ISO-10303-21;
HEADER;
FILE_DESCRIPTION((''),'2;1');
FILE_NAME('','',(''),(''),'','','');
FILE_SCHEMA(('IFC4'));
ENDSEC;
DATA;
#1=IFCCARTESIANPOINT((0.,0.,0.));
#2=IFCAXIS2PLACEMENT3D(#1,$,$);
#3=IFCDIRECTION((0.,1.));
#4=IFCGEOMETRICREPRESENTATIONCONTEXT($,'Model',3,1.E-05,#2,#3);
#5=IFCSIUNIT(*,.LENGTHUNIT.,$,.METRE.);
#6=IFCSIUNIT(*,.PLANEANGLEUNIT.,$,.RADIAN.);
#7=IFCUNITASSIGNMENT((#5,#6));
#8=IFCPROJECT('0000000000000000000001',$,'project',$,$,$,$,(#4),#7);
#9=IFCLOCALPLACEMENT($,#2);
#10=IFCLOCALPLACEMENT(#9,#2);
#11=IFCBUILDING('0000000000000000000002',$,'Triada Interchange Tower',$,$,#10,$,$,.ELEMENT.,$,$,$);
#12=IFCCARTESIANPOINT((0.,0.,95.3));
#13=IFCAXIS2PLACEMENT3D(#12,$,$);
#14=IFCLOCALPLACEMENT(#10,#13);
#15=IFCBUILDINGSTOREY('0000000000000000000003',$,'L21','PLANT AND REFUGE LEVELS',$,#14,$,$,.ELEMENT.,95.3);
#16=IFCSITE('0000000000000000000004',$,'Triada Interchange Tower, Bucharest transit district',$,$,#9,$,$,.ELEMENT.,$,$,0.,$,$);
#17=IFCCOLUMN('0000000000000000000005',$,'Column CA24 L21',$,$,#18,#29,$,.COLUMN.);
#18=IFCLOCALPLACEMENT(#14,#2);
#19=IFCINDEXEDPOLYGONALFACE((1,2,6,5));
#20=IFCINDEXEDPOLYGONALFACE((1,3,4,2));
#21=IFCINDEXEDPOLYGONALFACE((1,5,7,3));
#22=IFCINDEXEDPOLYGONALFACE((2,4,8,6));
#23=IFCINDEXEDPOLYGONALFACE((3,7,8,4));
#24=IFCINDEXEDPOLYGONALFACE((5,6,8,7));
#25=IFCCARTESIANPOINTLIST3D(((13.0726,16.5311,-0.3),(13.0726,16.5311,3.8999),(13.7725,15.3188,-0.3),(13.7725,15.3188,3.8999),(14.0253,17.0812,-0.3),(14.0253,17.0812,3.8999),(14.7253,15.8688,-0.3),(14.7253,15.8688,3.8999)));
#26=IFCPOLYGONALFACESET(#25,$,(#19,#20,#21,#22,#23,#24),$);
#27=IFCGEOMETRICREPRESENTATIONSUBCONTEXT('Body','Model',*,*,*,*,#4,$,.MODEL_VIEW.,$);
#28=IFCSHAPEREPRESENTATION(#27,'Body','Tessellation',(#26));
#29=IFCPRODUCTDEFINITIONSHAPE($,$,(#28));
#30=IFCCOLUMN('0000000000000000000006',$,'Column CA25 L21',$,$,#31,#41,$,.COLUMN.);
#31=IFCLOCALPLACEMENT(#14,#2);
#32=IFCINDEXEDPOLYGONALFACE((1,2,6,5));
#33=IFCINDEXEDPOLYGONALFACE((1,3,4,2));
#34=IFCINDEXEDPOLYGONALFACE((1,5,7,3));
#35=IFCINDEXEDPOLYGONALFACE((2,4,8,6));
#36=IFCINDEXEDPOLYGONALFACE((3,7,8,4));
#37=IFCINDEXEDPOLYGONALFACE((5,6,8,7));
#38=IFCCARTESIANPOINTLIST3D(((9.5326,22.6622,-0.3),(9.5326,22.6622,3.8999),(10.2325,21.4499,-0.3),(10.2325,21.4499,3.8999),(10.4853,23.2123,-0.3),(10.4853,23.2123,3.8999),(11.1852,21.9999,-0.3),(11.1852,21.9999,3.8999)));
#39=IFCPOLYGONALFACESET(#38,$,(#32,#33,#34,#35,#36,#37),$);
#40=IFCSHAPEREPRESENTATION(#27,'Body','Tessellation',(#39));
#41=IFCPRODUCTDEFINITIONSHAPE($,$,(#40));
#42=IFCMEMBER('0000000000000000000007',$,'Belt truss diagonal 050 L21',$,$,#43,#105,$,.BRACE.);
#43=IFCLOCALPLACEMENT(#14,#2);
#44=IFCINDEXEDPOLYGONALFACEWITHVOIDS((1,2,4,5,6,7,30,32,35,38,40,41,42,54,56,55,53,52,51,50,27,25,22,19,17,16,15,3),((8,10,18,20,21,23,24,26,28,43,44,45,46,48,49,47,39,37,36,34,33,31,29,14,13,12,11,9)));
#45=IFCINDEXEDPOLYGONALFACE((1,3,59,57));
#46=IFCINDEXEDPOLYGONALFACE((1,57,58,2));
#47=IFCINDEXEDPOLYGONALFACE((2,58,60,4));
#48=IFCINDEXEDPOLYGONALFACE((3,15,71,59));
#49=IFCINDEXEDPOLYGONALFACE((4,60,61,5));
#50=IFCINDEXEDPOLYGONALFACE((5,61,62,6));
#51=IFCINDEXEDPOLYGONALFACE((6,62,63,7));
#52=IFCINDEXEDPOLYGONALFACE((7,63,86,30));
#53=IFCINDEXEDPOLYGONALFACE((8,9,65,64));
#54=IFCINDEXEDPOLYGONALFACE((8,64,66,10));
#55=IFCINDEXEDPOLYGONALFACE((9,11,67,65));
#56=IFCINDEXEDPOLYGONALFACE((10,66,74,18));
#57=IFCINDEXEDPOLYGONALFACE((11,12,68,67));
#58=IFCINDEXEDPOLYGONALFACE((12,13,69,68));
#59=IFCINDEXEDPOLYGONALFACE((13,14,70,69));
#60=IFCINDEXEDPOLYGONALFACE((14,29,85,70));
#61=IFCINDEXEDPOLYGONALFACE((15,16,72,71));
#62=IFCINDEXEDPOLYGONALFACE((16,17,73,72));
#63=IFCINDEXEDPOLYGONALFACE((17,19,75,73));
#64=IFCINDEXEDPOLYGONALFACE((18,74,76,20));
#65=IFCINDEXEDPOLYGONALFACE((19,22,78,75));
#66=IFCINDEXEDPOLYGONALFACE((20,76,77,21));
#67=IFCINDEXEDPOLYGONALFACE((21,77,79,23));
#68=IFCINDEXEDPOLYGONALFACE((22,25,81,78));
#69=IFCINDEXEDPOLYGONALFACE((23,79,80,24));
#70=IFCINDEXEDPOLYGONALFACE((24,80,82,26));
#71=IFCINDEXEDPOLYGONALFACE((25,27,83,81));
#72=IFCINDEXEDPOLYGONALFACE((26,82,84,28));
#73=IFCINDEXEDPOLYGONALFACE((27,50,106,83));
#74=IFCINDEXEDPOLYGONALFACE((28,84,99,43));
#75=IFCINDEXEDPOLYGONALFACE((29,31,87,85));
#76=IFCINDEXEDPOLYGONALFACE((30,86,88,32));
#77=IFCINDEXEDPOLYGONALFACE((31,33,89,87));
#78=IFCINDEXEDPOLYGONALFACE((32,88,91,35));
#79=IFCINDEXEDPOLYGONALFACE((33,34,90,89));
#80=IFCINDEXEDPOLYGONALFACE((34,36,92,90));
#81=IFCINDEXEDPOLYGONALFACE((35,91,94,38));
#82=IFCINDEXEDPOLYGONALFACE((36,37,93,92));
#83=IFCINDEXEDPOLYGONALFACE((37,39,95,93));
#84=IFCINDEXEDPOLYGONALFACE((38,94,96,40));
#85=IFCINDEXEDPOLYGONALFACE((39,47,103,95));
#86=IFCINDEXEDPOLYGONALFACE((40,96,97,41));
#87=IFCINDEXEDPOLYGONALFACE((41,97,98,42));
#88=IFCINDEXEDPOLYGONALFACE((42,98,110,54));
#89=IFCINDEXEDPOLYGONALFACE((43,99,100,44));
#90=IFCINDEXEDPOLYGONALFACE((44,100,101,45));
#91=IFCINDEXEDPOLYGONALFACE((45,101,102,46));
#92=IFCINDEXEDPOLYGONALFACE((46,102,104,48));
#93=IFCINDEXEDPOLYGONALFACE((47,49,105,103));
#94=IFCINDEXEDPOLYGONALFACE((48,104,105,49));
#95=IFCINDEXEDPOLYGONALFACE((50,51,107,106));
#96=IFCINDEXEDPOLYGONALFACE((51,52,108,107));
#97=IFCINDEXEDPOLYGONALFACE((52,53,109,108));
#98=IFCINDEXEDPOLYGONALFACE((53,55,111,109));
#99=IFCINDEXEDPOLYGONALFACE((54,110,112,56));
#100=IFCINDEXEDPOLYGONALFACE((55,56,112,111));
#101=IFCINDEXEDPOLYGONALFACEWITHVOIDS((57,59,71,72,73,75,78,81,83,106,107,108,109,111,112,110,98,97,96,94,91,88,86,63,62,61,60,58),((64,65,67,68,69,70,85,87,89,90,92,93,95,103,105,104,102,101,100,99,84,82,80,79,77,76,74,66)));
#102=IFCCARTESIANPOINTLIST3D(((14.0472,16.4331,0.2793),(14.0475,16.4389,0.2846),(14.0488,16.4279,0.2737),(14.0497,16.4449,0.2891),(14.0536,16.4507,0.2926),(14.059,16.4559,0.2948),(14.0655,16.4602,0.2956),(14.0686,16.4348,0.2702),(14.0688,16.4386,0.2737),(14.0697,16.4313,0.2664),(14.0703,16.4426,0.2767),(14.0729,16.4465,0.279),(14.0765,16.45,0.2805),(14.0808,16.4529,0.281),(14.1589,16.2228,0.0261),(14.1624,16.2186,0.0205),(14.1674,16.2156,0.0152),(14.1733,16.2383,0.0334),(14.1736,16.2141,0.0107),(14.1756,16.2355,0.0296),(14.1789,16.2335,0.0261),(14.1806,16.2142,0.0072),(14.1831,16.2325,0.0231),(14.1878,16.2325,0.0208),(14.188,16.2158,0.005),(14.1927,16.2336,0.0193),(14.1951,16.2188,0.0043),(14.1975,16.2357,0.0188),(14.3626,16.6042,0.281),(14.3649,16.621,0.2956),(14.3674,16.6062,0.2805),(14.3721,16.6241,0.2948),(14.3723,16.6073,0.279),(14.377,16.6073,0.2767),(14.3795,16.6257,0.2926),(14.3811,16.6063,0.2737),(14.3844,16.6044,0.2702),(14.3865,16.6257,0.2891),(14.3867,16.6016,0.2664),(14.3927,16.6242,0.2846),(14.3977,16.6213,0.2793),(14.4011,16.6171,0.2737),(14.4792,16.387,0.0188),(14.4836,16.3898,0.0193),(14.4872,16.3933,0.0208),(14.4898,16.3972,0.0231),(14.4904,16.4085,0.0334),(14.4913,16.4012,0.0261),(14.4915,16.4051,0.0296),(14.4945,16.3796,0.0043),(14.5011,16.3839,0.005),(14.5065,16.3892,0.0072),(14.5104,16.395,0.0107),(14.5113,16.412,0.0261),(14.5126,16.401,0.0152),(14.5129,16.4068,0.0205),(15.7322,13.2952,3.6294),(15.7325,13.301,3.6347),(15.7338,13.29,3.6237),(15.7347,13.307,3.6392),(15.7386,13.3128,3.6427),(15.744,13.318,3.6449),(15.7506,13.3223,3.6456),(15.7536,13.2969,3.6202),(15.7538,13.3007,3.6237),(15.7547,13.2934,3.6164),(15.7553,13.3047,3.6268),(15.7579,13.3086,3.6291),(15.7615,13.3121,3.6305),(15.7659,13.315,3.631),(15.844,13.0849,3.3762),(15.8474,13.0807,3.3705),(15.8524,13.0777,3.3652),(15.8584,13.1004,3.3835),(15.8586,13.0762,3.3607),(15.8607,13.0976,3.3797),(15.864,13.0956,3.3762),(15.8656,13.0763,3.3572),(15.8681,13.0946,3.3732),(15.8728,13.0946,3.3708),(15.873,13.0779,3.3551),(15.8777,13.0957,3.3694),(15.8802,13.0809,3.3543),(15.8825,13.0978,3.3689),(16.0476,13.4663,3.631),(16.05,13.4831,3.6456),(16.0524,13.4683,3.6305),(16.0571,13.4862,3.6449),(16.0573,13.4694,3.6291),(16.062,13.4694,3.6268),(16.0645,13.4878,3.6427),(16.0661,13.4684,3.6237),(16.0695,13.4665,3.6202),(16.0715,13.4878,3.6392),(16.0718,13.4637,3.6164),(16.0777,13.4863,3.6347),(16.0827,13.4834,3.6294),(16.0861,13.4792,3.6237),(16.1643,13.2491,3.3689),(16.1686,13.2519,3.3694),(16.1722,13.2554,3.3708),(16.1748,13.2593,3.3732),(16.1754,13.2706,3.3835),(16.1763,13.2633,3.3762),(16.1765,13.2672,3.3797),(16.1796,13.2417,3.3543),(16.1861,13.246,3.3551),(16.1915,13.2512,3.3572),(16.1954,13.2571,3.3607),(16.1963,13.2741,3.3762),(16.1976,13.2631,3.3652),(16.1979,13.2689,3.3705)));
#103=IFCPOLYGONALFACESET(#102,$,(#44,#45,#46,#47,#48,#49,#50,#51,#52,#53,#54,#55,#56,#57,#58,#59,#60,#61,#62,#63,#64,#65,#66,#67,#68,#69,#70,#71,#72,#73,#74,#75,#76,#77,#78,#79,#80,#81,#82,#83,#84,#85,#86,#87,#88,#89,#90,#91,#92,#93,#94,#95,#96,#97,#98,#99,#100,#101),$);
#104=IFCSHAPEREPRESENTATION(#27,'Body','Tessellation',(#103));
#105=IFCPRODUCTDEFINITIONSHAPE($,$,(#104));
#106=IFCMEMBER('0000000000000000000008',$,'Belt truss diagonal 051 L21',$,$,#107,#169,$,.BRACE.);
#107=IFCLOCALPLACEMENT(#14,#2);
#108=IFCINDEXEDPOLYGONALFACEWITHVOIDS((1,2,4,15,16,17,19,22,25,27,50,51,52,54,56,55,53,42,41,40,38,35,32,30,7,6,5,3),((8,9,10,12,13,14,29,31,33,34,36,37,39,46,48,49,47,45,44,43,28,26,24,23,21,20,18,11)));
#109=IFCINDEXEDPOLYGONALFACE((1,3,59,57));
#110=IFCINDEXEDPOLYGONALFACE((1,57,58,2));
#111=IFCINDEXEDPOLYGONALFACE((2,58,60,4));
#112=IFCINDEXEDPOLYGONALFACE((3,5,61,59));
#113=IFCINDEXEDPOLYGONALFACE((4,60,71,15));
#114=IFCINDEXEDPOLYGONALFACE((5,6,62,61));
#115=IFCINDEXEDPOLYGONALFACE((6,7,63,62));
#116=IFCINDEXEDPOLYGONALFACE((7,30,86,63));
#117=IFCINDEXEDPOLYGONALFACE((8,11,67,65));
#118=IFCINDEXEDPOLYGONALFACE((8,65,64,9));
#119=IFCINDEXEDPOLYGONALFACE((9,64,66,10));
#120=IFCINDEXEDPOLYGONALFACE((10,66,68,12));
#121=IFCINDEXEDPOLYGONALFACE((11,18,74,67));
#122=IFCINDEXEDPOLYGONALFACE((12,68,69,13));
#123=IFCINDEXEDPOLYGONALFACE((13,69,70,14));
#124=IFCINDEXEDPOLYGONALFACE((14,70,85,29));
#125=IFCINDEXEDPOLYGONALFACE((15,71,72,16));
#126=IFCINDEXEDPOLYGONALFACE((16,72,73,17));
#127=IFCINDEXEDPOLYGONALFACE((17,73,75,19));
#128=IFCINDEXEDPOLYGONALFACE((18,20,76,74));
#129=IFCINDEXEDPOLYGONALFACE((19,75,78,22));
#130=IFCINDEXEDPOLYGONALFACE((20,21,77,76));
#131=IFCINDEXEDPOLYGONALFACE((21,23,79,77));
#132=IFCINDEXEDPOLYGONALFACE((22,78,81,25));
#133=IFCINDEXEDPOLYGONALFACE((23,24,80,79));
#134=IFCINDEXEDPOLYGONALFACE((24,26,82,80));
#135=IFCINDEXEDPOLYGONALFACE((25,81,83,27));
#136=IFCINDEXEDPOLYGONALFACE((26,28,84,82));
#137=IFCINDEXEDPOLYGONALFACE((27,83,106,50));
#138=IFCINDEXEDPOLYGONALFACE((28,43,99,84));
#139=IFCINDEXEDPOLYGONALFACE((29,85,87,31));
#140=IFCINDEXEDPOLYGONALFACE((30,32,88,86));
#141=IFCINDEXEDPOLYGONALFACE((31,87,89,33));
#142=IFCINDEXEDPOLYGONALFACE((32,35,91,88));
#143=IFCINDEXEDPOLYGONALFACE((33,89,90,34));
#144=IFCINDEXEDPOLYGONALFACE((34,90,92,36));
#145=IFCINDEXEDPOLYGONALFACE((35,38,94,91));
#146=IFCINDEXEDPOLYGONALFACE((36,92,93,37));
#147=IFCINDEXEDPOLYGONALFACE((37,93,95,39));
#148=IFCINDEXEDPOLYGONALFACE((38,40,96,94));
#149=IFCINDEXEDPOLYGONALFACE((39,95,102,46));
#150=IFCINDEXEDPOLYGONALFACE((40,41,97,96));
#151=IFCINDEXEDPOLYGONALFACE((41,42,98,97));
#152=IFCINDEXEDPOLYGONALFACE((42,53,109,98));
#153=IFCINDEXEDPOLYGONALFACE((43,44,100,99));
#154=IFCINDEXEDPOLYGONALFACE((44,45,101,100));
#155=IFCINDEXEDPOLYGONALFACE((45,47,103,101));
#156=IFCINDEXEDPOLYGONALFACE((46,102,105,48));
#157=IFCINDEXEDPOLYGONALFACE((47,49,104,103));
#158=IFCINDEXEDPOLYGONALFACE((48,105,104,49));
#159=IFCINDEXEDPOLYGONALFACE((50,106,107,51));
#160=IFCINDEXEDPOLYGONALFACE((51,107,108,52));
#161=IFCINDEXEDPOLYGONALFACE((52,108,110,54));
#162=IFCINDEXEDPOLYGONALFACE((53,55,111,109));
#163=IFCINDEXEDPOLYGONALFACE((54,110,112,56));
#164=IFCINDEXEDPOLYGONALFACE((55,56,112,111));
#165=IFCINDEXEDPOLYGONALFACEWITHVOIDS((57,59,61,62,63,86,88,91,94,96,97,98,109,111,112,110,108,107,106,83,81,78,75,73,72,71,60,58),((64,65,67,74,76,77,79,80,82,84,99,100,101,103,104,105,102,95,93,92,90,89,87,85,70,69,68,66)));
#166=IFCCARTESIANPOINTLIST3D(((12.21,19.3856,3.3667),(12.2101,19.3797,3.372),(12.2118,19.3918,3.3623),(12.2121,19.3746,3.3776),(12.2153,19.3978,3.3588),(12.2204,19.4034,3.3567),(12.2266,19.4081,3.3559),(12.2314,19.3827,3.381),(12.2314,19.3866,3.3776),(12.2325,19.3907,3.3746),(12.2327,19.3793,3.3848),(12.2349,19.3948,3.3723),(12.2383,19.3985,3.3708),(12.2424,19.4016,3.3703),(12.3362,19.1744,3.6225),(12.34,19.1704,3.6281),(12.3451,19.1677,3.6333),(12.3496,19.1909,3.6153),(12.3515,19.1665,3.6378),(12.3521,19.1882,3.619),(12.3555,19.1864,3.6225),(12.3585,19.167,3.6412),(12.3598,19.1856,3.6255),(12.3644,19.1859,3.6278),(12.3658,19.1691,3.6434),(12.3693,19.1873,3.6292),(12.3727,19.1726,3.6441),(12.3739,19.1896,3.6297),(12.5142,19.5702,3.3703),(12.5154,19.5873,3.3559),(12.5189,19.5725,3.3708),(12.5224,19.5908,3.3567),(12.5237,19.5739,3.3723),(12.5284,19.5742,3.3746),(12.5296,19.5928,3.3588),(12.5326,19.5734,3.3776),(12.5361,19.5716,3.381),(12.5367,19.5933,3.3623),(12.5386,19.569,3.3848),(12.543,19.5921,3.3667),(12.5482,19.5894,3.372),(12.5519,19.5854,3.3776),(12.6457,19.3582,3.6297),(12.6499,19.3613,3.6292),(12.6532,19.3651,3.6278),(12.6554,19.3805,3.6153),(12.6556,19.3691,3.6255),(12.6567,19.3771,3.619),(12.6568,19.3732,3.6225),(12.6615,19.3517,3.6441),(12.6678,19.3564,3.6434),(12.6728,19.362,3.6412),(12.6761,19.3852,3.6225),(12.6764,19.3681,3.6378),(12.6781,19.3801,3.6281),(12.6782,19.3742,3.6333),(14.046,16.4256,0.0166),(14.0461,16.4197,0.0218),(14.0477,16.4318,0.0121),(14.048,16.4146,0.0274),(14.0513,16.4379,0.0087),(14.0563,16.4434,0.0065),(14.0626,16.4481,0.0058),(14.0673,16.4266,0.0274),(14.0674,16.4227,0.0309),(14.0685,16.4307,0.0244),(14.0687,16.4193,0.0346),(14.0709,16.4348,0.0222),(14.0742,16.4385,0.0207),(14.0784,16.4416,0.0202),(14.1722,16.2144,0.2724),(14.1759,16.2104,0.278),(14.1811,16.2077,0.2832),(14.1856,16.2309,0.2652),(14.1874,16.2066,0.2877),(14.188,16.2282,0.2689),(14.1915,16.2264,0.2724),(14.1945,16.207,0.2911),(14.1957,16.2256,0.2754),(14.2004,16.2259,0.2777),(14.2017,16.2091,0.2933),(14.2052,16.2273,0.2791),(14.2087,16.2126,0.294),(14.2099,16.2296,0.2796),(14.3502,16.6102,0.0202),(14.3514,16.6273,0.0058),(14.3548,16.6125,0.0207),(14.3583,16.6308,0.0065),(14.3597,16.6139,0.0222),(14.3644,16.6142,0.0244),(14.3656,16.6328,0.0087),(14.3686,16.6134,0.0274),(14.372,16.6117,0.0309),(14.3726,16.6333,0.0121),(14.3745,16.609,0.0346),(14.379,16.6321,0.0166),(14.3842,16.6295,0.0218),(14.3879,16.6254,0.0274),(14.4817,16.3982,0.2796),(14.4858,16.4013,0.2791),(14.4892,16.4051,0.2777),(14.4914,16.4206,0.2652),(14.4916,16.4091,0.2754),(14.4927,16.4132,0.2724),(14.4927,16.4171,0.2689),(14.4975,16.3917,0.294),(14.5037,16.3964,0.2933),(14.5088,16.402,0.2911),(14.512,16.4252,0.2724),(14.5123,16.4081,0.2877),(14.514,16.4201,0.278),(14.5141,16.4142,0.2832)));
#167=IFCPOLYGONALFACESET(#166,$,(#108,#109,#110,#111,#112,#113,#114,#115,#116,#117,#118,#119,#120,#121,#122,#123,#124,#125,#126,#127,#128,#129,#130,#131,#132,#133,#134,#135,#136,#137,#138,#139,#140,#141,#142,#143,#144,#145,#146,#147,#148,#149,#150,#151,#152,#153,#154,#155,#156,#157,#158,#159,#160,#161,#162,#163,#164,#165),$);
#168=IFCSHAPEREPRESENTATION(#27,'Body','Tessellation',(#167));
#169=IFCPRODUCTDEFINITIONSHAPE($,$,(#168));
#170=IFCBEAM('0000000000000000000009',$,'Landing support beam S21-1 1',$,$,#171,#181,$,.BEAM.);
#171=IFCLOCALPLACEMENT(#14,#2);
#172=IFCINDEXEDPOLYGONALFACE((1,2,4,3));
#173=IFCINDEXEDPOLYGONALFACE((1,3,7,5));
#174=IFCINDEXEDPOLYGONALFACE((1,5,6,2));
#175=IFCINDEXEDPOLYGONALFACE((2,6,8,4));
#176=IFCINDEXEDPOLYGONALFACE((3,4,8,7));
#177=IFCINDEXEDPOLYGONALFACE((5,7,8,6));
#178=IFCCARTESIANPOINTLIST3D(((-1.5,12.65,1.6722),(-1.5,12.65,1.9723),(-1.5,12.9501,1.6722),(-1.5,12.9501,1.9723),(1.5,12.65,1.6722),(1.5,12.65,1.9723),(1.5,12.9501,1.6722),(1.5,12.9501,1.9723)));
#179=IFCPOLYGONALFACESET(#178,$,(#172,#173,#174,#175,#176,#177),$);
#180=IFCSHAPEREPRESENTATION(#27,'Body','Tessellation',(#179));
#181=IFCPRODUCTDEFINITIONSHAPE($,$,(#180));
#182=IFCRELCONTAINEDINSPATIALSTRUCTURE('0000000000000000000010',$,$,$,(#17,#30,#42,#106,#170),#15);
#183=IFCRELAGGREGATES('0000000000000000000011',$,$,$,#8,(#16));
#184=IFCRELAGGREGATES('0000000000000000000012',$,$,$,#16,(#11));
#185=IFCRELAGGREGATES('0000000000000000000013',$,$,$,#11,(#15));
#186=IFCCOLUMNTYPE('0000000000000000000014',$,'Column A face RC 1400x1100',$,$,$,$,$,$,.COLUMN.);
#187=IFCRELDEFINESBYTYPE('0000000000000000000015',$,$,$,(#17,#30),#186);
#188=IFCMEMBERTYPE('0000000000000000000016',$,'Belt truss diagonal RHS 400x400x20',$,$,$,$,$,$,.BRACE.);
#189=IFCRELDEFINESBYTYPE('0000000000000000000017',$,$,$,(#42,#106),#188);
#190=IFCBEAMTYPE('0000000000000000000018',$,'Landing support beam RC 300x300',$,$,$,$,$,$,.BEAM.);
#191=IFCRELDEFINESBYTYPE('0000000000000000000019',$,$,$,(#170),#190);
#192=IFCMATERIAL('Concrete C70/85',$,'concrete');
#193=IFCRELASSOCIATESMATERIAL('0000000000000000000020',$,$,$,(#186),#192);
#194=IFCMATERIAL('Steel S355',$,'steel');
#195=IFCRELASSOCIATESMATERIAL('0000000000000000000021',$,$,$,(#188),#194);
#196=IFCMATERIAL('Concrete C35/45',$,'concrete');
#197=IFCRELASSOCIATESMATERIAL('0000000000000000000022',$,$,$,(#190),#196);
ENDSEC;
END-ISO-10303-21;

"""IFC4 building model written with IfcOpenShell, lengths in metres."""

from ifc_helpers import new_model, si_unit, direction, frame, origin, origin_2d, place, context, subcontext, project, spatial, rectangle, hollow_rectangle, extrude, material, material_profile, profile_set, type_object, element, save


model = new_model("IFC4")

# Units and contexts
model_context = context("Model", 3, precision=1e-05, world=origin(), true_north=direction((0.0, 1.0)))
body_context = subcontext(model_context, "Body", "Model", "MODEL_VIEW")
ifc_project = project(units=[si_unit("LENGTHUNIT", "METRE"), si_unit("PLANEANGLEUNIT", "RADIAN")], contexts=[model_context])

# Site, building, storey
site_placement = place(None, origin())
site = spatial("IfcSite", under=ifc_project, at=site_placement, Name="Triada Interchange Tower, Bucharest transit district", CompositionType="ELEMENT", RefElevation=0.0)
building_placement = place(site_placement, origin())
building = spatial("IfcBuilding", under=site, at=building_placement, Name="Triada Interchange Tower", CompositionType="ELEMENT")
storey_placement = place(building_placement, frame((0.0, 0.0, 95.3)))
storey = spatial("IfcBuildingStorey", under=building, at=storey_placement, Name="L21", Description="PLANT AND REFUGE LEVELS", CompositionType="ELEMENT", Elevation=95.3)

# Columns
ifc_material_1 = material(Name="Concrete C70/85", Category="concrete")
ifc_material_profile_1 = material_profile(ifc_material_1, rectangle(XDim=1.3999, YDim=1.1001, at=origin_2d()), Name="RC 1400x1100")
ifc_profile_set_1 = profile_set([ifc_material_profile_1], Name="Concrete C70/85")
column_type = type_object("IfcColumnType", Name="Column A face RC 1400x1100", PredefinedType="COLUMN", material=ifc_profile_set_1)
for number, where, z_axis, x_axis, name in (
    (1, (13.8989, 16.2, -0.3), (0.0, 0.0, 1.0), (-0.5, 0.866025, 0.0), "Column CA24 L21"),
    (2, (10.3589, 22.3311, -0.3), (0.0, 0.0, 1.0), (-0.5, 0.866025, 0.0), "Column CA25 L21"),
):
    element("IfcColumn", number, at=place(storey_placement, frame(where, z_axis=z_axis, x_axis=x_axis)), inside=storey, type_object=column_type, Name=name, PredefinedType="COLUMN", context=body_context, shape_type="SweptSolid", body=[
        extrude(rectangle(XDim=1.3999, YDim=1.1001, at=origin_2d()), origin(), (0.0, 0.0, 1.0), 4.2),
    ])

# Members
ifc_material_2 = material(Name="Steel S355", Category="steel")
ifc_material_profile_2 = material_profile(ifc_material_2, hollow_rectangle(XDim=0.3999, YDim=0.3999, WallThickness=0.02, InnerFilletRadius=0.02, OuterFilletRadius=0.03, at=origin_2d()), Name="RHS 400x400x20")
ifc_profile_set_2 = profile_set([ifc_material_profile_2], Name="Steel S355")
member_type_1 = type_object("IfcMemberType", Name="Belt truss diagonal RHS 400x400x20", PredefinedType="BRACE", material=ifc_profile_set_2)
member_1_placement = place(storey_placement, frame((14.28, 16.4199, 0.1499), z_axis=(0.344613, -0.641744, 0.685133), x_axis=(0.88101, 0.473098, 0.0)))
element("IfcMember", 3, at=member_1_placement, inside=storey, type_object=member_type_1, Name="Belt truss diagonal 050 L21", PredefinedType="BRACE", context=body_context, shape_type="SweptSolid", body=[
    extrude(hollow_rectangle(XDim=0.3999, YDim=0.3999, WallThickness=0.02, InnerFilletRadius=0.02, OuterFilletRadius=0.03, at=origin_2d()), origin(), (0.0, 0.0, 1.0), 4.8896),
])
member_2_placement = place(storey_placement, frame((14.28, 16.4199, 0.1499), z_axis=(-0.379897, 0.612483, 0.693212), x_axis=(-0.849805, -0.527098, 0.0)))
element("IfcMember", 4, at=member_2_placement, inside=storey, type_object=member_type_1, Name="Belt truss diagonal 051 L21", PredefinedType="BRACE", context=body_context, shape_type="SweptSolid", body=[
    extrude(hollow_rectangle(XDim=0.3999, YDim=0.3999, WallThickness=0.02, InnerFilletRadius=0.02, OuterFilletRadius=0.03, at=origin_2d()), origin(), (0.0, 0.0, 1.0), 4.8328),
])

# Beam
ifc_material_3 = material(Name="Concrete C35/45", Category="concrete")
ifc_material_profile_3 = material_profile(ifc_material_3, rectangle(XDim=0.3, YDim=0.3, at=origin_2d()), Name="RC 300x300")
ifc_profile_set_3 = profile_set([ifc_material_profile_3], Name="Concrete C35/45")
beam_type_1 = type_object("IfcBeamType", Name="Landing support beam RC 300x300", PredefinedType="BEAM", material=ifc_profile_set_3)
beam_1_placement = place(storey_placement, frame((1.5, 12.8, 1.8223), z_axis=(-1.0, 0.0, 0.0), x_axis=(0.0, -1.0, 0.0)))
element("IfcBeam", 5, at=beam_1_placement, inside=storey, type_object=beam_type_1, Name="Landing support beam S21-1 1", PredefinedType="BEAM", context=body_context, shape_type="SweptSolid", body=[
    extrude(rectangle(XDim=0.3, YDim=0.3, at=origin_2d()), origin(), (0.0, 0.0, 1.0), 3.0),
])

save(model, "model.ifc")
